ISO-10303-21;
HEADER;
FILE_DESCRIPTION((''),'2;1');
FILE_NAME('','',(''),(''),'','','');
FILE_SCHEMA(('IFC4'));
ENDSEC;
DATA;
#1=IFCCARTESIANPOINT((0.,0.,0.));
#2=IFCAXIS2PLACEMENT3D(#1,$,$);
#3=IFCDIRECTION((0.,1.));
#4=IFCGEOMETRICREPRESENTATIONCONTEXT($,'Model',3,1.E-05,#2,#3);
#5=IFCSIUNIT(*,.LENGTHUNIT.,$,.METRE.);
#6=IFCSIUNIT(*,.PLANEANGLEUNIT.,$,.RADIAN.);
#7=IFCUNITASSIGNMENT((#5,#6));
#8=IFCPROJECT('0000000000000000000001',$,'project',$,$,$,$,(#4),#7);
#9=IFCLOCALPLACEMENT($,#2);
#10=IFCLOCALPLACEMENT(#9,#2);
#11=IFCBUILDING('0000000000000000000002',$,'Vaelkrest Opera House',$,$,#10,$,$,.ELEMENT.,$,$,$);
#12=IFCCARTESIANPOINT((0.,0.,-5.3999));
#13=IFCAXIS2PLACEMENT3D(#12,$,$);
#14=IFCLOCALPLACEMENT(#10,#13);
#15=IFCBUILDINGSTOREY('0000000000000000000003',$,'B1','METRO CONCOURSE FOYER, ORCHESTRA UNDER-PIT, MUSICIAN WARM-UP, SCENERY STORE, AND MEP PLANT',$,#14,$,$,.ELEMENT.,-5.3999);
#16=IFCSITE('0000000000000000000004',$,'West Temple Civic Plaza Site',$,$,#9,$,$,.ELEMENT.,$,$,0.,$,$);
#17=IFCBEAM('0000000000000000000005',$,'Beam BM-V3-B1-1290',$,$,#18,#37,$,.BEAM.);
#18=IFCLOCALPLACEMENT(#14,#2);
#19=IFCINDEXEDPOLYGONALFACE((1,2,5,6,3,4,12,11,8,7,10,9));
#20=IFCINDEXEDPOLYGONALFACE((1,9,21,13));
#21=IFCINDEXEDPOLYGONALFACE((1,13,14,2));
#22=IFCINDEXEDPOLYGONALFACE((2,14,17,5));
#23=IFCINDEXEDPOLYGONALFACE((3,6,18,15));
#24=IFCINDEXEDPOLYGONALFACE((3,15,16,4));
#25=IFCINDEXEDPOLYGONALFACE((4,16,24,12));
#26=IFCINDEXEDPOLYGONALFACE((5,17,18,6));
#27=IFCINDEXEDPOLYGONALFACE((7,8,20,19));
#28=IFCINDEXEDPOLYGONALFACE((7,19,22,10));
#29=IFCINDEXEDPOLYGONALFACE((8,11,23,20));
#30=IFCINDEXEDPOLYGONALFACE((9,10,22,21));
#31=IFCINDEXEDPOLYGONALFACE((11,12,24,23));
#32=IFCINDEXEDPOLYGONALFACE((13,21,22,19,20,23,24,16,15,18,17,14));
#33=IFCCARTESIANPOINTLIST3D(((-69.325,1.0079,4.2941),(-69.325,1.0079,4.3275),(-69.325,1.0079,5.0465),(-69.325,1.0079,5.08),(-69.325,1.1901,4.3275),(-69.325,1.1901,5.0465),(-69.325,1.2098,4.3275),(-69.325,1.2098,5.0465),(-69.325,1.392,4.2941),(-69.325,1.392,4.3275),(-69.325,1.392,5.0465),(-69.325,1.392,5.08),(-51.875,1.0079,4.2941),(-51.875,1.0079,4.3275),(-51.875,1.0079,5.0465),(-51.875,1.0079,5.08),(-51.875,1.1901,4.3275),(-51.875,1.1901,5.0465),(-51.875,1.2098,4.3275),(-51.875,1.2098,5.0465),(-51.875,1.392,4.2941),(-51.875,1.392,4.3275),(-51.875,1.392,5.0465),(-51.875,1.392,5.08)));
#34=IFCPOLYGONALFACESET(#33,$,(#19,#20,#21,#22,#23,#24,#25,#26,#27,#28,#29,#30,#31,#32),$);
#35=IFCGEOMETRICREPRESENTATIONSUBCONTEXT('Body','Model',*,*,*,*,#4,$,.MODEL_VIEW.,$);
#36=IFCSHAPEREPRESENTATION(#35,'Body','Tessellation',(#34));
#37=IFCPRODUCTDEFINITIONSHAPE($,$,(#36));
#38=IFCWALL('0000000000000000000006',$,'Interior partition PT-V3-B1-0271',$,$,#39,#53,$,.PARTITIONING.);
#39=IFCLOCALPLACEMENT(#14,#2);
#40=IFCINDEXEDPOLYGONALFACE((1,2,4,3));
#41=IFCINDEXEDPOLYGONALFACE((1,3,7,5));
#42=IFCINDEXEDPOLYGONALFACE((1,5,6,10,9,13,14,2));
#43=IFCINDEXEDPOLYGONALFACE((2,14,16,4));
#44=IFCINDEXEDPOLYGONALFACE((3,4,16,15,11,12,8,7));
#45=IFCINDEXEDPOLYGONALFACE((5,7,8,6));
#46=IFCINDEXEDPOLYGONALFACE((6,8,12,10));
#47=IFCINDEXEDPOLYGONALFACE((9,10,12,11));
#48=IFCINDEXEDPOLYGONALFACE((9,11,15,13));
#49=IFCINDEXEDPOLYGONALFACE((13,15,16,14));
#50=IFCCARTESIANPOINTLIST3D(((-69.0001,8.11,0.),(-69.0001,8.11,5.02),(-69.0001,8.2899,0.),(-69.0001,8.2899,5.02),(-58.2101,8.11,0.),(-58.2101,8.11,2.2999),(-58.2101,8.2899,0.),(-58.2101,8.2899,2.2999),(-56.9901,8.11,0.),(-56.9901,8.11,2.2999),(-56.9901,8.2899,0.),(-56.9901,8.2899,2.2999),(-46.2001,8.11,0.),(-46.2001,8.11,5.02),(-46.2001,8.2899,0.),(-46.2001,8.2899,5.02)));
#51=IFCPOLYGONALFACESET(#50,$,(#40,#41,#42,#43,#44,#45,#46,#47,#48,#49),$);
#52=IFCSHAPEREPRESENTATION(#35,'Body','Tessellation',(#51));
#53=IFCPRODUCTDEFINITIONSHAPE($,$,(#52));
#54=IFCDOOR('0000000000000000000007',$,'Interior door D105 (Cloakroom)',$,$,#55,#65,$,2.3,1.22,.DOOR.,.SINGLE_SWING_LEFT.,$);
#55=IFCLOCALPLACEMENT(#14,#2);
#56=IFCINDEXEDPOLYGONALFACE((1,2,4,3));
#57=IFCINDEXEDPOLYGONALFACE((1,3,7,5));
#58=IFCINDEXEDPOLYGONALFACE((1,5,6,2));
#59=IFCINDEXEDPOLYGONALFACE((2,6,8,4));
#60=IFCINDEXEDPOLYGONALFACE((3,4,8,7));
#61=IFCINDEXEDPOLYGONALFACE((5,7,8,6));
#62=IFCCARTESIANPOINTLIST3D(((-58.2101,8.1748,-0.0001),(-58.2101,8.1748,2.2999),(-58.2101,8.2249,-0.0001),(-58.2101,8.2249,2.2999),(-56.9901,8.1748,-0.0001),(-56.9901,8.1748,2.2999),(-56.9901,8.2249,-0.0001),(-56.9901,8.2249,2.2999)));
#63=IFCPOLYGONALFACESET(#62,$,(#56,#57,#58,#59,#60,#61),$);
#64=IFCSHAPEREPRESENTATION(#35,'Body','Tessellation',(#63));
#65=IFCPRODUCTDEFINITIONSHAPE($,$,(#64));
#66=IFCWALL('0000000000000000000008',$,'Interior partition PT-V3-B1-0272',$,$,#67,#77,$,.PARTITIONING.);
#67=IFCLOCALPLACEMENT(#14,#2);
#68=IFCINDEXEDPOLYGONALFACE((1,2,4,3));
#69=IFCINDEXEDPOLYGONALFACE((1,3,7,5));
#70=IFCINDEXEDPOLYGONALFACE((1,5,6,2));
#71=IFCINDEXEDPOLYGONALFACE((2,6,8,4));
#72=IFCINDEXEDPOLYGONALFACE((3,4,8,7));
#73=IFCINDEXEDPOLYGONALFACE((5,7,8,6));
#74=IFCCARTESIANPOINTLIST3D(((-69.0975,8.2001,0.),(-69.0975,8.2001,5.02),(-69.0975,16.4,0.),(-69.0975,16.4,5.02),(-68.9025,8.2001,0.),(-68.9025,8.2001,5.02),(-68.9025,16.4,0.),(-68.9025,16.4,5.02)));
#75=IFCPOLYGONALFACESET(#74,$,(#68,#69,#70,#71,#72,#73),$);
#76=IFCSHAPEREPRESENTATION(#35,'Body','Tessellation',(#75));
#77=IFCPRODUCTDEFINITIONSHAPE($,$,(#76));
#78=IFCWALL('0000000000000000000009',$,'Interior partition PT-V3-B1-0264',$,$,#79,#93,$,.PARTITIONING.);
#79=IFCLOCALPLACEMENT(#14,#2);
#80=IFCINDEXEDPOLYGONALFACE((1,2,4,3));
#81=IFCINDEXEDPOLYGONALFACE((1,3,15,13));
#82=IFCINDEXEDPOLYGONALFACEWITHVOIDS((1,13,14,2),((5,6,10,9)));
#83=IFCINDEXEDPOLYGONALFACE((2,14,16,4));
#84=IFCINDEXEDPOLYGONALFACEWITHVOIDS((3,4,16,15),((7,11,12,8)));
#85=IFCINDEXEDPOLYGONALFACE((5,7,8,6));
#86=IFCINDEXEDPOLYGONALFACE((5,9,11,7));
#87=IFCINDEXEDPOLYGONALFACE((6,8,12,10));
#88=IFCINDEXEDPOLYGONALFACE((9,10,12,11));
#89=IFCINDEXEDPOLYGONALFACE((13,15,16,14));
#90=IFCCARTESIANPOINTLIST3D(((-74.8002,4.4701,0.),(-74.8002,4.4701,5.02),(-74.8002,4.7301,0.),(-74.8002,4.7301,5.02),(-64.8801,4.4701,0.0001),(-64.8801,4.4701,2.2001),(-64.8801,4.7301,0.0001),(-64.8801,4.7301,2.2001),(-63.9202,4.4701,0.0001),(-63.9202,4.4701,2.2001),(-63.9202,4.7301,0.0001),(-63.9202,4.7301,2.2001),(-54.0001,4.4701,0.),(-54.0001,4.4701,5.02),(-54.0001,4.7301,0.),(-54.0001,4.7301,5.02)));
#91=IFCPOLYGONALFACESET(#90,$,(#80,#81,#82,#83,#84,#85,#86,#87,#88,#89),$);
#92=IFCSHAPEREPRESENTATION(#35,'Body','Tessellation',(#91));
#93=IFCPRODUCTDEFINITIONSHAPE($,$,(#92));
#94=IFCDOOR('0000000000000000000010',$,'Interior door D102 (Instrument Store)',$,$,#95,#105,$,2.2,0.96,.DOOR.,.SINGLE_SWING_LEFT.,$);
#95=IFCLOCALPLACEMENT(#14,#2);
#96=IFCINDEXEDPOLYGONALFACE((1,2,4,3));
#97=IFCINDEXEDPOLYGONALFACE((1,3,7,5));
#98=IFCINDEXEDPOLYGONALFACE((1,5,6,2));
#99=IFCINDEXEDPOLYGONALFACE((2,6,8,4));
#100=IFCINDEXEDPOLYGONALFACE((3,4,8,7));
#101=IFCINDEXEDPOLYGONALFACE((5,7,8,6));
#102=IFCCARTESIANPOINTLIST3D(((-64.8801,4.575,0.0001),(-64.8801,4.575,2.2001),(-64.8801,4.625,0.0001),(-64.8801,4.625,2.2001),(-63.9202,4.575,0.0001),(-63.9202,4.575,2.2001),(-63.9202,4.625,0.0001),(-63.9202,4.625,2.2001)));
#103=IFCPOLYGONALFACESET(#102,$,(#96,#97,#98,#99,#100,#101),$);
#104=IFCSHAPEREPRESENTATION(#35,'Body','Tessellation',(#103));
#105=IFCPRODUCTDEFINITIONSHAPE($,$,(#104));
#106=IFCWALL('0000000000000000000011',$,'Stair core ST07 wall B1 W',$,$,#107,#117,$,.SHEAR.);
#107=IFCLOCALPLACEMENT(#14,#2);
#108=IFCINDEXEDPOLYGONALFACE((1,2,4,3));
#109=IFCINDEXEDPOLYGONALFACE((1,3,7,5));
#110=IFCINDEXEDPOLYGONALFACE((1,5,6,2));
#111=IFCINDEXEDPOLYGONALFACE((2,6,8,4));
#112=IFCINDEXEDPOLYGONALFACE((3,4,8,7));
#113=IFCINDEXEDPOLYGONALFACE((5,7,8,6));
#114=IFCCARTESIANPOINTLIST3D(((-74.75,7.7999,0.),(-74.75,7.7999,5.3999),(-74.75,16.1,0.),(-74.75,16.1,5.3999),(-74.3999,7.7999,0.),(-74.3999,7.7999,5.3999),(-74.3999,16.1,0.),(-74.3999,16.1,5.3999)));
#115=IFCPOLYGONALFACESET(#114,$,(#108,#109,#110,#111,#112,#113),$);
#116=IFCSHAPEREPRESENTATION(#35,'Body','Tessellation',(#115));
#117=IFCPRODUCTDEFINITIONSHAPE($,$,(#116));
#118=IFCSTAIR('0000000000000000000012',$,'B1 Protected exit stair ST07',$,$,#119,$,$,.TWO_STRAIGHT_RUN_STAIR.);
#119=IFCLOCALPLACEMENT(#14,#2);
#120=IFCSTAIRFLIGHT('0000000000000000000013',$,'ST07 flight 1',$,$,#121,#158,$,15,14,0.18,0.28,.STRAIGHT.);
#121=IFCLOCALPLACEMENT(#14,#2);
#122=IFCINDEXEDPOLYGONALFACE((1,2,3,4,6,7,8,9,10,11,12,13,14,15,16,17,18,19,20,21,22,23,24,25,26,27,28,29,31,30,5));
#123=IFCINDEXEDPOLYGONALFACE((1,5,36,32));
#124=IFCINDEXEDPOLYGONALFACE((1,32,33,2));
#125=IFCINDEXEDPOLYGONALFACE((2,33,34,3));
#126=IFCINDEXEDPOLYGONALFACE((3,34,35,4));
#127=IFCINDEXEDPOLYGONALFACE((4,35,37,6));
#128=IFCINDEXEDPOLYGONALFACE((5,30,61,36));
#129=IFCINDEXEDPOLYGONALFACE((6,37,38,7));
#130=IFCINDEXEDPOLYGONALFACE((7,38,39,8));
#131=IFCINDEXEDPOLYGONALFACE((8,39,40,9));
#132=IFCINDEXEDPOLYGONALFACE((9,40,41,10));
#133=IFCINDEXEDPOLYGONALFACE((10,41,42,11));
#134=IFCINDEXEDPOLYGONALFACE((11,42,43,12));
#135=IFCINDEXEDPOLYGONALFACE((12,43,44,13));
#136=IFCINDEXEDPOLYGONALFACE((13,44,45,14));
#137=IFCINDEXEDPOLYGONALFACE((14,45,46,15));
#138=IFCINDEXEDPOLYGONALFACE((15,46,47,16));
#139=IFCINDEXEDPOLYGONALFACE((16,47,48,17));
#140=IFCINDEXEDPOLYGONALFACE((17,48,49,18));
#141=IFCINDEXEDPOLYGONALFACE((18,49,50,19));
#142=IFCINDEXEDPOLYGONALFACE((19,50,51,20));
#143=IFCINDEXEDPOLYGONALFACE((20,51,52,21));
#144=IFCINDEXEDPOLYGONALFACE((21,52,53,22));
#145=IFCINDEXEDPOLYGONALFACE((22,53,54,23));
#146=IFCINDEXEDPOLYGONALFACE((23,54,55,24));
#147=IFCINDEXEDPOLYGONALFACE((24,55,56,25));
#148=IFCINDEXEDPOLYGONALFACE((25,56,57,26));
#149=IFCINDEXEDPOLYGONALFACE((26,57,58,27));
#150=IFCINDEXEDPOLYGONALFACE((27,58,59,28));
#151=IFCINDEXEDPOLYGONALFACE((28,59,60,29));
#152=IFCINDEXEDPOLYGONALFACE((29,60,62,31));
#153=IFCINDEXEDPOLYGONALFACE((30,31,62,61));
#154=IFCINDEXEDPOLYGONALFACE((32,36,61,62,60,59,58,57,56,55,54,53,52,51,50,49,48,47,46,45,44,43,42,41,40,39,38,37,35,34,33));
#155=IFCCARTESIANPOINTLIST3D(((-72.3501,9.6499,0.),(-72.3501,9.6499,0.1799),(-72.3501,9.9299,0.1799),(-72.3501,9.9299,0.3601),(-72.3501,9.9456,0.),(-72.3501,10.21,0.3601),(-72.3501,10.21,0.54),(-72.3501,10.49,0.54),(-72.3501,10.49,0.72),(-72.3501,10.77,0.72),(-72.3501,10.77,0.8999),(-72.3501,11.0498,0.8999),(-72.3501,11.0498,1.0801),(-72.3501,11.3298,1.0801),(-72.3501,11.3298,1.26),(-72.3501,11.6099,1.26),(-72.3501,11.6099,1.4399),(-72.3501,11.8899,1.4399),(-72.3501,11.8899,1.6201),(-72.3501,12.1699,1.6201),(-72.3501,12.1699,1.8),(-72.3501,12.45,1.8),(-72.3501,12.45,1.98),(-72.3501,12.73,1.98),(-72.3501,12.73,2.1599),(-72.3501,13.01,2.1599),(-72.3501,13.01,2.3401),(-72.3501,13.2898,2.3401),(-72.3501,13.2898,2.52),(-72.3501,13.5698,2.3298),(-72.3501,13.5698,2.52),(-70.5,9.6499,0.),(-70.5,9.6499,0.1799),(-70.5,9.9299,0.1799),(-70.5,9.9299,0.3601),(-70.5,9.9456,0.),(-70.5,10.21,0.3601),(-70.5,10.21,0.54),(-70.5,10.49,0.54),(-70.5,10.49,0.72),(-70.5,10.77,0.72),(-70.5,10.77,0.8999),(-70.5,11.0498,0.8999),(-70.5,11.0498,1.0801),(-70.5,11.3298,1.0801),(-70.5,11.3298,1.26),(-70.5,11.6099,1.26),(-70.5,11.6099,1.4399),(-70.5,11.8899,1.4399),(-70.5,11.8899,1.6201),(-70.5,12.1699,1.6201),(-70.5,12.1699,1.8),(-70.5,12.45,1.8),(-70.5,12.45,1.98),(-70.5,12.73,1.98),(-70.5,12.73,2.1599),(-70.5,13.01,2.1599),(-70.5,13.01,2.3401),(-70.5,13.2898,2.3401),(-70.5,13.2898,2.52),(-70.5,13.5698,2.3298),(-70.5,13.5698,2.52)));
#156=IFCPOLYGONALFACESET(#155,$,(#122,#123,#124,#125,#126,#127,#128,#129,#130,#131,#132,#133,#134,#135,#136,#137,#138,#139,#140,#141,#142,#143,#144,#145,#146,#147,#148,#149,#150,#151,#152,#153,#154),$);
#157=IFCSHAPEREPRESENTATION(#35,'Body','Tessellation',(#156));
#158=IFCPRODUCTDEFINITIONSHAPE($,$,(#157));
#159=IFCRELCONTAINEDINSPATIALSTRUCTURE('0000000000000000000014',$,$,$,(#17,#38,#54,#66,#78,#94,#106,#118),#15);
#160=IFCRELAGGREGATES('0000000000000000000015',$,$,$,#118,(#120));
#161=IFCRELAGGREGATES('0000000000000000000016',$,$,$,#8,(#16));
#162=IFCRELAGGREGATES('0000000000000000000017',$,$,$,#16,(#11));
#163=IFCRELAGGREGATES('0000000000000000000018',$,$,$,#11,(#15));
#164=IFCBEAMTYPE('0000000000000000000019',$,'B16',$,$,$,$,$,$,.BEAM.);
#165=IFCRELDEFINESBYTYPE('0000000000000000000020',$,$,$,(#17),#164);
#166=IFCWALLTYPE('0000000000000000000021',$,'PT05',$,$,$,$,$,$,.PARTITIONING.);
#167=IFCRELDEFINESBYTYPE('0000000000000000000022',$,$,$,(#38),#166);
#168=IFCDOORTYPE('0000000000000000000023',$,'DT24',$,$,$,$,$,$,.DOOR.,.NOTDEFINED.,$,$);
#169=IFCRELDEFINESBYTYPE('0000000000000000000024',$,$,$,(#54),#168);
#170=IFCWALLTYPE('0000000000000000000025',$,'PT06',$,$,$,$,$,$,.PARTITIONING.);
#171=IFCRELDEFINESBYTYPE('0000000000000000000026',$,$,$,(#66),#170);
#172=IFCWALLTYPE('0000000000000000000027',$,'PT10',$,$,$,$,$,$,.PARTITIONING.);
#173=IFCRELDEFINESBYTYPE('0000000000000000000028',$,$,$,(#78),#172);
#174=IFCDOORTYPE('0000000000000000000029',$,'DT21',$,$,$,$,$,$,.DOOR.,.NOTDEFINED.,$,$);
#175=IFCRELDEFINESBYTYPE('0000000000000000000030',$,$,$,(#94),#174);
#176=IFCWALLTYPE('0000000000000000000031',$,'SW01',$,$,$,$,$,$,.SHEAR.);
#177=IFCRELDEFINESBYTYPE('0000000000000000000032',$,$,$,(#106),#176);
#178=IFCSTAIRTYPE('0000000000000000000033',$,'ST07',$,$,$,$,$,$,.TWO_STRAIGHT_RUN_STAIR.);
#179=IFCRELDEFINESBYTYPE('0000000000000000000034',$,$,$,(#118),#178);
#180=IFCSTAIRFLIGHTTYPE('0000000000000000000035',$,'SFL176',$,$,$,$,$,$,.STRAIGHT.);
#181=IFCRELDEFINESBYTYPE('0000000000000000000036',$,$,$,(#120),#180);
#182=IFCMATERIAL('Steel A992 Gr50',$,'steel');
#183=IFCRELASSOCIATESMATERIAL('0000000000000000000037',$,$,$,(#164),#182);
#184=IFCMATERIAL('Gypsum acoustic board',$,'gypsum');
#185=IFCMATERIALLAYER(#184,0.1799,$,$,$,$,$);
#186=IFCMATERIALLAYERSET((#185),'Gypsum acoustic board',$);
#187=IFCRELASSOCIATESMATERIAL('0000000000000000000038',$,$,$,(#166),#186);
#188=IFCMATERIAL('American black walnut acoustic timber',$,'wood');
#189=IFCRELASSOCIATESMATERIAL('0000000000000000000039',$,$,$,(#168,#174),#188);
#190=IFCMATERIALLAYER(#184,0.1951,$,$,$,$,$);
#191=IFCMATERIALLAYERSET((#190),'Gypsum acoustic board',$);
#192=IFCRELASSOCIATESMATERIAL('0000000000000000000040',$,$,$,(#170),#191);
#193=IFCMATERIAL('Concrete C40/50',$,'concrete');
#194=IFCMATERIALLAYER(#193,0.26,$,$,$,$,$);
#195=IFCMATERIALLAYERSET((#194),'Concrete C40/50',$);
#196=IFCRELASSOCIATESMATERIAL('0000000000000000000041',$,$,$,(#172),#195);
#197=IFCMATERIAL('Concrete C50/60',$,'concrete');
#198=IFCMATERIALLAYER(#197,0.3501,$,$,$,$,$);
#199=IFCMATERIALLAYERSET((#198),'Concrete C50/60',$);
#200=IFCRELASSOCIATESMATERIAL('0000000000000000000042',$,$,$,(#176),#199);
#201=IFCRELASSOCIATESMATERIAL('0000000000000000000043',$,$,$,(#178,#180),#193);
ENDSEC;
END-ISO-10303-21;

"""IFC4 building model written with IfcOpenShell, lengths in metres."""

from ifc_helpers import new_model, si_unit, direction, frame, frame_2d, origin, origin_2d, place, context, subcontext, project, spatial, polyline, rectangle, i_section, outline, extrude, material, layer, layer_set, material_profile, profile_set, type_object, element, fill, aggregate, save


model = new_model("IFC4")

# Units and contexts
model_context = context("Model", 3, precision=1e-05, world=origin(), true_north=direction((0.0, 1.0)))
body_context = subcontext(model_context, "Body", "Model", "MODEL_VIEW")
ifc_project = project(units=[si_unit("LENGTHUNIT", "METRE"), si_unit("PLANEANGLEUNIT", "RADIAN")], contexts=[model_context])

# Site, building, storey
site_placement = place(None, origin())
site = spatial("IfcSite", under=ifc_project, at=site_placement, Name="West Temple Civic Plaza Site", CompositionType="ELEMENT", RefElevation=0.0)
building_placement = place(site_placement, origin())
building = spatial("IfcBuilding", under=site, at=building_placement, Name="Vaelkrest Opera House", CompositionType="ELEMENT")
storey_placement = place(building_placement, frame((0.0, 0.0, -5.3999)))
storey = spatial("IfcBuildingStorey", under=building, at=storey_placement, Name="B1", Description="METRO CONCOURSE FOYER, ORCHESTRA UNDER-PIT, MUSICIAN WARM-UP, SCENERY STORE, AND MEP PLANT", CompositionType="ELEMENT", Elevation=-5.3999)

# Shared definitions
ifc_material_1 = material(Name="Concrete C40/50", Category="concrete")

# Shared definitions
ifc_material_2 = material(Name="Concrete C50/60", Category="concrete")

# Beam
ifc_material_3 = material(Name="Steel A992 Gr50", Category="steel")
ifc_material_profile_1 = material_profile(ifc_material_3, i_section(OverallWidth=0.384, OverallDepth=0.7859, WebThickness=0.0198, FlangeThickness=0.0334, at=origin_2d()), Name="W30X211")
ifc_profile_set_1 = profile_set([ifc_material_profile_1], Name="Steel A992 Gr50")
beam_type_1 = type_object("IfcBeamType", Name="B16", PredefinedType="BEAM", material=ifc_profile_set_1)
beam_1_placement = place(storey_placement, frame((-69.325, 1.2, 4.687), z_axis=(1.0, 0.0, 0.0), x_axis=(0.0, 1.0, 0.0)))
element("IfcBeam", 1, at=beam_1_placement, inside=storey, type_object=beam_type_1, Name="Beam BM-V3-B1-1290", PredefinedType="BEAM", context=body_context, shape_type="SweptSolid", body=[
    extrude(i_section(OverallWidth=0.384, OverallDepth=0.7859, WebThickness=0.0198, FlangeThickness=0.0334, at=origin_2d()), origin(), (0.0, 0.0, 1.0), 17.45),
])

# Wall, opening, door
ifc_material_4 = material(Name="Gypsum acoustic board", Category="gypsum")
ifc_layer_1 = layer(ifc_material_4, 0.1799)
ifc_layer_set_1 = layer_set([ifc_layer_1], Name="Gypsum acoustic board")
wall_type_1 = type_object("IfcWallType", Name="PT05", PredefinedType="PARTITIONING", material=ifc_layer_set_1)
wall_1_placement = place(storey_placement, frame((-69.0, 8.2, 0.0), z_axis=(0.0, 0.0, 1.0), x_axis=(1.0, 0.0, 0.0)))
wall_1 = element("IfcWall", 2, at=wall_1_placement, inside=storey, type_object=wall_type_1, Name="Interior partition PT-V3-B1-0271", PredefinedType="PARTITIONING", context=body_context, shape_type="SweptSolid", body=[
    extrude(rectangle(XDim=22.8, YDim=0.1799, at=frame_2d((11.3999, 0.0))), origin(), (0.0, 0.0, 1.0), 5.02),
])
opening_1_placement = place(wall_1_placement, frame((10.79, 0.0, 0.0)))
opening_1 = element("IfcOpeningElement", 3, at=opening_1_placement, cuts=wall_1, PredefinedType="OPENING", context=body_context, shape_type="SweptSolid", body=[
    extrude(rectangle(XDim=1.22, YDim=2.3, at=frame_2d((0.6099, 1.1499))), frame((0.0, 0.0999, 0.0), z_axis=(0.0, -1.0, 0.0), x_axis=(1.0, 0.0, 0.0)), (0.0, 0.0, 1.0), 0.2),
])
ifc_material_5 = material(Name="American black walnut acoustic timber", Category="wood")
door_type_1 = type_object("IfcDoorType", Name="DT24", OperationType="NOTDEFINED", PredefinedType="DOOR", material=ifc_material_5)
door_1_placement = place(opening_1_placement, origin())
door_1 = element("IfcDoor", 4, at=door_1_placement, inside=storey, type_object=door_type_1, Name="Interior door D105 (Cloakroom)", OperationType="SINGLE_SWING_LEFT", OverallHeight=2.3, OverallWidth=1.22, PredefinedType="DOOR", context=body_context, shape_type="SweptSolid", body=[
    extrude(rectangle(XDim=1.22, YDim=2.3, at=frame_2d((0.6099, 1.1499))), frame((0.0, 0.0249, 0.0), z_axis=(0.0, -1.0, 0.0), x_axis=(1.0, 0.0, 0.0)), (0.0, 0.0, 1.0), 0.05),
])
fill(opening_1, door_1)

# Wall
ifc_layer_2 = layer(ifc_material_4, 0.1951)
ifc_layer_set_2 = layer_set([ifc_layer_2], Name="Gypsum acoustic board")
wall_type_2 = type_object("IfcWallType", Name="PT06", PredefinedType="PARTITIONING", material=ifc_layer_set_2)
wall_2_placement = place(storey_placement, frame((-69.0, 8.2, 0.0), z_axis=(0.0, 0.0, 1.0), x_axis=(0.0, 1.0, 0.0)))
element("IfcWall", 5, at=wall_2_placement, inside=storey, type_object=wall_type_2, Name="Interior partition PT-V3-B1-0272", PredefinedType="PARTITIONING", context=body_context, shape_type="SweptSolid", body=[
    extrude(rectangle(XDim=8.2, YDim=0.1951, at=frame_2d((4.1001, 0.0))), origin(), (0.0, 0.0, 1.0), 5.02),
])

# Wall, opening, door
ifc_layer_3 = layer(ifc_material_1, 0.26)
ifc_layer_set_3 = layer_set([ifc_layer_3], Name="Concrete C40/50")
wall_type_3 = type_object("IfcWallType", Name="PT10", PredefinedType="PARTITIONING", material=ifc_layer_set_3)
wall_3_placement = place(storey_placement, frame((-74.8, 4.6001, 0.0), z_axis=(0.0, 0.0, 1.0), x_axis=(1.0, 0.0, 0.0)))
wall_3 = element("IfcWall", 6, at=wall_3_placement, inside=storey, type_object=wall_type_3, Name="Interior partition PT-V3-B1-0264", PredefinedType="PARTITIONING", context=body_context, shape_type="SweptSolid", body=[
    extrude(rectangle(XDim=20.8, YDim=0.26, at=frame_2d((10.3999, 0.0))), origin(), (0.0, 0.0, 1.0), 5.02),
])
opening_2_placement = place(wall_3_placement, frame((9.9199, 0.0, 0.0)))
opening_2 = element("IfcOpeningElement", 7, at=opening_2_placement, cuts=wall_3, PredefinedType="OPENING", context=body_context, shape_type="SweptSolid", body=[
    extrude(rectangle(XDim=0.96, YDim=2.2, at=frame_2d((0.48, 1.1001))), frame((0.0, 0.1399, 0.0), z_axis=(0.0, -1.0, 0.0), x_axis=(1.0, 0.0, 0.0)), (0.0, 0.0, 1.0), 0.28),
])
door_type_2 = type_object("IfcDoorType", Name="DT21", OperationType="NOTDEFINED", PredefinedType="DOOR", material=ifc_material_5)
door_2_placement = place(opening_2_placement, origin())
door_2 = element("IfcDoor", 8, at=door_2_placement, inside=storey, type_object=door_type_2, Name="Interior door D102 (Instrument Store)", OperationType="SINGLE_SWING_LEFT", OverallHeight=2.2, OverallWidth=0.96, PredefinedType="DOOR", context=body_context, shape_type="SweptSolid", body=[
    extrude(rectangle(XDim=0.96, YDim=2.2, at=frame_2d((0.48, 1.1001))), frame((0.0, 0.0249, 0.0), z_axis=(0.0, -1.0, 0.0), x_axis=(1.0, 0.0, 0.0)), (0.0, 0.0, 1.0), 0.05),
])
fill(opening_2, door_2)
ifc_layer_4 = layer(ifc_material_2, 0.3501)
ifc_layer_set_4 = layer_set([ifc_layer_4], Name="Concrete C50/60")
wall_type_4 = type_object("IfcWallType", Name="SW01", PredefinedType="SHEAR", material=ifc_layer_set_4)

# Wall
wall_4_placement = place(storey_placement, frame((-74.575, 7.8, 0.0), z_axis=(0.0, 0.0, 1.0), x_axis=(0.0, 1.0, 0.0)))
element("IfcWall", 9, at=wall_4_placement, inside=storey, type_object=wall_type_4, Name="Stair core ST07 wall B1 W", PredefinedType="SHEAR", context=body_context, shape_type="SweptSolid", body=[
    extrude(rectangle(XDim=8.3, YDim=0.3501, at=frame_2d((4.1499, 0.0))), origin(), (0.0, 0.0, 1.0), 5.3999),
])

# Stair, stair flight
stair_type = type_object("IfcStairType", Name="ST07", PredefinedType="TWO_STRAIGHT_RUN_STAIR", material=ifc_material_1)
stair_placement = place(storey_placement, origin())
stair = element("IfcStair", 10, at=stair_placement, inside=storey, type_object=stair_type, Name="B1 Protected exit stair ST07", PredefinedType="TWO_STRAIGHT_RUN_STAIR")
stair_flight_type = type_object("IfcStairFlightType", Name="SFL176", PredefinedType="STRAIGHT", material=ifc_material_1)
stair_flight_placement = place(storey_placement, frame((-71.425, 9.6499, 0.0), z_axis=(0.0, 0.0, 1.0), x_axis=(0.0, 1.0, 0.0)))
stair_flight = element("IfcStairFlight", 11, at=stair_flight_placement, type_object=stair_flight_type, Name="ST07 flight 1", NumberOfRisers=15, NumberOfTreads=14, PredefinedType="STRAIGHT", RiserHeight=0.18, TreadLength=0.28, context=body_context, shape_type="SweptSolid", body=[
    extrude(outline(polyline([(0.0, 0.0), (0.0, 0.1799), (0.28, 0.1799), (0.28, 0.3601), (0.5601, 0.3601), (0.5601, 0.54), (0.8401, 0.54), (0.8401, 0.72), (1.1201, 0.72), (1.1201, 0.8999), (1.3999, 0.8999), (1.3999, 1.0801), (1.6799, 1.0801), (1.6799, 1.26), (1.96, 1.26), (1.96, 1.4399), (2.24, 1.4399), (2.24, 1.6201), (2.52, 1.6201), (2.52, 1.8), (2.8, 1.8), (2.8, 1.98), (3.0801, 1.98), (3.0801, 2.1599), (3.3601, 2.1599), (3.3601, 2.3401), (3.6399, 2.3401), (3.6399, 2.52), (3.9199, 2.52), (3.9199, 2.7), (3.9199, 2.3298), (0.2957, 0.0), (0.0, 0.0)])), frame((0.0, 0.925, 0.0), z_axis=(0.0, -1.0, 0.0), x_axis=(1.0, 0.0, 0.0)), (0.0, 0.0, 1.0), 1.8501),
])
aggregate(stair, [stair_flight])

save(model, "model.ifc")
